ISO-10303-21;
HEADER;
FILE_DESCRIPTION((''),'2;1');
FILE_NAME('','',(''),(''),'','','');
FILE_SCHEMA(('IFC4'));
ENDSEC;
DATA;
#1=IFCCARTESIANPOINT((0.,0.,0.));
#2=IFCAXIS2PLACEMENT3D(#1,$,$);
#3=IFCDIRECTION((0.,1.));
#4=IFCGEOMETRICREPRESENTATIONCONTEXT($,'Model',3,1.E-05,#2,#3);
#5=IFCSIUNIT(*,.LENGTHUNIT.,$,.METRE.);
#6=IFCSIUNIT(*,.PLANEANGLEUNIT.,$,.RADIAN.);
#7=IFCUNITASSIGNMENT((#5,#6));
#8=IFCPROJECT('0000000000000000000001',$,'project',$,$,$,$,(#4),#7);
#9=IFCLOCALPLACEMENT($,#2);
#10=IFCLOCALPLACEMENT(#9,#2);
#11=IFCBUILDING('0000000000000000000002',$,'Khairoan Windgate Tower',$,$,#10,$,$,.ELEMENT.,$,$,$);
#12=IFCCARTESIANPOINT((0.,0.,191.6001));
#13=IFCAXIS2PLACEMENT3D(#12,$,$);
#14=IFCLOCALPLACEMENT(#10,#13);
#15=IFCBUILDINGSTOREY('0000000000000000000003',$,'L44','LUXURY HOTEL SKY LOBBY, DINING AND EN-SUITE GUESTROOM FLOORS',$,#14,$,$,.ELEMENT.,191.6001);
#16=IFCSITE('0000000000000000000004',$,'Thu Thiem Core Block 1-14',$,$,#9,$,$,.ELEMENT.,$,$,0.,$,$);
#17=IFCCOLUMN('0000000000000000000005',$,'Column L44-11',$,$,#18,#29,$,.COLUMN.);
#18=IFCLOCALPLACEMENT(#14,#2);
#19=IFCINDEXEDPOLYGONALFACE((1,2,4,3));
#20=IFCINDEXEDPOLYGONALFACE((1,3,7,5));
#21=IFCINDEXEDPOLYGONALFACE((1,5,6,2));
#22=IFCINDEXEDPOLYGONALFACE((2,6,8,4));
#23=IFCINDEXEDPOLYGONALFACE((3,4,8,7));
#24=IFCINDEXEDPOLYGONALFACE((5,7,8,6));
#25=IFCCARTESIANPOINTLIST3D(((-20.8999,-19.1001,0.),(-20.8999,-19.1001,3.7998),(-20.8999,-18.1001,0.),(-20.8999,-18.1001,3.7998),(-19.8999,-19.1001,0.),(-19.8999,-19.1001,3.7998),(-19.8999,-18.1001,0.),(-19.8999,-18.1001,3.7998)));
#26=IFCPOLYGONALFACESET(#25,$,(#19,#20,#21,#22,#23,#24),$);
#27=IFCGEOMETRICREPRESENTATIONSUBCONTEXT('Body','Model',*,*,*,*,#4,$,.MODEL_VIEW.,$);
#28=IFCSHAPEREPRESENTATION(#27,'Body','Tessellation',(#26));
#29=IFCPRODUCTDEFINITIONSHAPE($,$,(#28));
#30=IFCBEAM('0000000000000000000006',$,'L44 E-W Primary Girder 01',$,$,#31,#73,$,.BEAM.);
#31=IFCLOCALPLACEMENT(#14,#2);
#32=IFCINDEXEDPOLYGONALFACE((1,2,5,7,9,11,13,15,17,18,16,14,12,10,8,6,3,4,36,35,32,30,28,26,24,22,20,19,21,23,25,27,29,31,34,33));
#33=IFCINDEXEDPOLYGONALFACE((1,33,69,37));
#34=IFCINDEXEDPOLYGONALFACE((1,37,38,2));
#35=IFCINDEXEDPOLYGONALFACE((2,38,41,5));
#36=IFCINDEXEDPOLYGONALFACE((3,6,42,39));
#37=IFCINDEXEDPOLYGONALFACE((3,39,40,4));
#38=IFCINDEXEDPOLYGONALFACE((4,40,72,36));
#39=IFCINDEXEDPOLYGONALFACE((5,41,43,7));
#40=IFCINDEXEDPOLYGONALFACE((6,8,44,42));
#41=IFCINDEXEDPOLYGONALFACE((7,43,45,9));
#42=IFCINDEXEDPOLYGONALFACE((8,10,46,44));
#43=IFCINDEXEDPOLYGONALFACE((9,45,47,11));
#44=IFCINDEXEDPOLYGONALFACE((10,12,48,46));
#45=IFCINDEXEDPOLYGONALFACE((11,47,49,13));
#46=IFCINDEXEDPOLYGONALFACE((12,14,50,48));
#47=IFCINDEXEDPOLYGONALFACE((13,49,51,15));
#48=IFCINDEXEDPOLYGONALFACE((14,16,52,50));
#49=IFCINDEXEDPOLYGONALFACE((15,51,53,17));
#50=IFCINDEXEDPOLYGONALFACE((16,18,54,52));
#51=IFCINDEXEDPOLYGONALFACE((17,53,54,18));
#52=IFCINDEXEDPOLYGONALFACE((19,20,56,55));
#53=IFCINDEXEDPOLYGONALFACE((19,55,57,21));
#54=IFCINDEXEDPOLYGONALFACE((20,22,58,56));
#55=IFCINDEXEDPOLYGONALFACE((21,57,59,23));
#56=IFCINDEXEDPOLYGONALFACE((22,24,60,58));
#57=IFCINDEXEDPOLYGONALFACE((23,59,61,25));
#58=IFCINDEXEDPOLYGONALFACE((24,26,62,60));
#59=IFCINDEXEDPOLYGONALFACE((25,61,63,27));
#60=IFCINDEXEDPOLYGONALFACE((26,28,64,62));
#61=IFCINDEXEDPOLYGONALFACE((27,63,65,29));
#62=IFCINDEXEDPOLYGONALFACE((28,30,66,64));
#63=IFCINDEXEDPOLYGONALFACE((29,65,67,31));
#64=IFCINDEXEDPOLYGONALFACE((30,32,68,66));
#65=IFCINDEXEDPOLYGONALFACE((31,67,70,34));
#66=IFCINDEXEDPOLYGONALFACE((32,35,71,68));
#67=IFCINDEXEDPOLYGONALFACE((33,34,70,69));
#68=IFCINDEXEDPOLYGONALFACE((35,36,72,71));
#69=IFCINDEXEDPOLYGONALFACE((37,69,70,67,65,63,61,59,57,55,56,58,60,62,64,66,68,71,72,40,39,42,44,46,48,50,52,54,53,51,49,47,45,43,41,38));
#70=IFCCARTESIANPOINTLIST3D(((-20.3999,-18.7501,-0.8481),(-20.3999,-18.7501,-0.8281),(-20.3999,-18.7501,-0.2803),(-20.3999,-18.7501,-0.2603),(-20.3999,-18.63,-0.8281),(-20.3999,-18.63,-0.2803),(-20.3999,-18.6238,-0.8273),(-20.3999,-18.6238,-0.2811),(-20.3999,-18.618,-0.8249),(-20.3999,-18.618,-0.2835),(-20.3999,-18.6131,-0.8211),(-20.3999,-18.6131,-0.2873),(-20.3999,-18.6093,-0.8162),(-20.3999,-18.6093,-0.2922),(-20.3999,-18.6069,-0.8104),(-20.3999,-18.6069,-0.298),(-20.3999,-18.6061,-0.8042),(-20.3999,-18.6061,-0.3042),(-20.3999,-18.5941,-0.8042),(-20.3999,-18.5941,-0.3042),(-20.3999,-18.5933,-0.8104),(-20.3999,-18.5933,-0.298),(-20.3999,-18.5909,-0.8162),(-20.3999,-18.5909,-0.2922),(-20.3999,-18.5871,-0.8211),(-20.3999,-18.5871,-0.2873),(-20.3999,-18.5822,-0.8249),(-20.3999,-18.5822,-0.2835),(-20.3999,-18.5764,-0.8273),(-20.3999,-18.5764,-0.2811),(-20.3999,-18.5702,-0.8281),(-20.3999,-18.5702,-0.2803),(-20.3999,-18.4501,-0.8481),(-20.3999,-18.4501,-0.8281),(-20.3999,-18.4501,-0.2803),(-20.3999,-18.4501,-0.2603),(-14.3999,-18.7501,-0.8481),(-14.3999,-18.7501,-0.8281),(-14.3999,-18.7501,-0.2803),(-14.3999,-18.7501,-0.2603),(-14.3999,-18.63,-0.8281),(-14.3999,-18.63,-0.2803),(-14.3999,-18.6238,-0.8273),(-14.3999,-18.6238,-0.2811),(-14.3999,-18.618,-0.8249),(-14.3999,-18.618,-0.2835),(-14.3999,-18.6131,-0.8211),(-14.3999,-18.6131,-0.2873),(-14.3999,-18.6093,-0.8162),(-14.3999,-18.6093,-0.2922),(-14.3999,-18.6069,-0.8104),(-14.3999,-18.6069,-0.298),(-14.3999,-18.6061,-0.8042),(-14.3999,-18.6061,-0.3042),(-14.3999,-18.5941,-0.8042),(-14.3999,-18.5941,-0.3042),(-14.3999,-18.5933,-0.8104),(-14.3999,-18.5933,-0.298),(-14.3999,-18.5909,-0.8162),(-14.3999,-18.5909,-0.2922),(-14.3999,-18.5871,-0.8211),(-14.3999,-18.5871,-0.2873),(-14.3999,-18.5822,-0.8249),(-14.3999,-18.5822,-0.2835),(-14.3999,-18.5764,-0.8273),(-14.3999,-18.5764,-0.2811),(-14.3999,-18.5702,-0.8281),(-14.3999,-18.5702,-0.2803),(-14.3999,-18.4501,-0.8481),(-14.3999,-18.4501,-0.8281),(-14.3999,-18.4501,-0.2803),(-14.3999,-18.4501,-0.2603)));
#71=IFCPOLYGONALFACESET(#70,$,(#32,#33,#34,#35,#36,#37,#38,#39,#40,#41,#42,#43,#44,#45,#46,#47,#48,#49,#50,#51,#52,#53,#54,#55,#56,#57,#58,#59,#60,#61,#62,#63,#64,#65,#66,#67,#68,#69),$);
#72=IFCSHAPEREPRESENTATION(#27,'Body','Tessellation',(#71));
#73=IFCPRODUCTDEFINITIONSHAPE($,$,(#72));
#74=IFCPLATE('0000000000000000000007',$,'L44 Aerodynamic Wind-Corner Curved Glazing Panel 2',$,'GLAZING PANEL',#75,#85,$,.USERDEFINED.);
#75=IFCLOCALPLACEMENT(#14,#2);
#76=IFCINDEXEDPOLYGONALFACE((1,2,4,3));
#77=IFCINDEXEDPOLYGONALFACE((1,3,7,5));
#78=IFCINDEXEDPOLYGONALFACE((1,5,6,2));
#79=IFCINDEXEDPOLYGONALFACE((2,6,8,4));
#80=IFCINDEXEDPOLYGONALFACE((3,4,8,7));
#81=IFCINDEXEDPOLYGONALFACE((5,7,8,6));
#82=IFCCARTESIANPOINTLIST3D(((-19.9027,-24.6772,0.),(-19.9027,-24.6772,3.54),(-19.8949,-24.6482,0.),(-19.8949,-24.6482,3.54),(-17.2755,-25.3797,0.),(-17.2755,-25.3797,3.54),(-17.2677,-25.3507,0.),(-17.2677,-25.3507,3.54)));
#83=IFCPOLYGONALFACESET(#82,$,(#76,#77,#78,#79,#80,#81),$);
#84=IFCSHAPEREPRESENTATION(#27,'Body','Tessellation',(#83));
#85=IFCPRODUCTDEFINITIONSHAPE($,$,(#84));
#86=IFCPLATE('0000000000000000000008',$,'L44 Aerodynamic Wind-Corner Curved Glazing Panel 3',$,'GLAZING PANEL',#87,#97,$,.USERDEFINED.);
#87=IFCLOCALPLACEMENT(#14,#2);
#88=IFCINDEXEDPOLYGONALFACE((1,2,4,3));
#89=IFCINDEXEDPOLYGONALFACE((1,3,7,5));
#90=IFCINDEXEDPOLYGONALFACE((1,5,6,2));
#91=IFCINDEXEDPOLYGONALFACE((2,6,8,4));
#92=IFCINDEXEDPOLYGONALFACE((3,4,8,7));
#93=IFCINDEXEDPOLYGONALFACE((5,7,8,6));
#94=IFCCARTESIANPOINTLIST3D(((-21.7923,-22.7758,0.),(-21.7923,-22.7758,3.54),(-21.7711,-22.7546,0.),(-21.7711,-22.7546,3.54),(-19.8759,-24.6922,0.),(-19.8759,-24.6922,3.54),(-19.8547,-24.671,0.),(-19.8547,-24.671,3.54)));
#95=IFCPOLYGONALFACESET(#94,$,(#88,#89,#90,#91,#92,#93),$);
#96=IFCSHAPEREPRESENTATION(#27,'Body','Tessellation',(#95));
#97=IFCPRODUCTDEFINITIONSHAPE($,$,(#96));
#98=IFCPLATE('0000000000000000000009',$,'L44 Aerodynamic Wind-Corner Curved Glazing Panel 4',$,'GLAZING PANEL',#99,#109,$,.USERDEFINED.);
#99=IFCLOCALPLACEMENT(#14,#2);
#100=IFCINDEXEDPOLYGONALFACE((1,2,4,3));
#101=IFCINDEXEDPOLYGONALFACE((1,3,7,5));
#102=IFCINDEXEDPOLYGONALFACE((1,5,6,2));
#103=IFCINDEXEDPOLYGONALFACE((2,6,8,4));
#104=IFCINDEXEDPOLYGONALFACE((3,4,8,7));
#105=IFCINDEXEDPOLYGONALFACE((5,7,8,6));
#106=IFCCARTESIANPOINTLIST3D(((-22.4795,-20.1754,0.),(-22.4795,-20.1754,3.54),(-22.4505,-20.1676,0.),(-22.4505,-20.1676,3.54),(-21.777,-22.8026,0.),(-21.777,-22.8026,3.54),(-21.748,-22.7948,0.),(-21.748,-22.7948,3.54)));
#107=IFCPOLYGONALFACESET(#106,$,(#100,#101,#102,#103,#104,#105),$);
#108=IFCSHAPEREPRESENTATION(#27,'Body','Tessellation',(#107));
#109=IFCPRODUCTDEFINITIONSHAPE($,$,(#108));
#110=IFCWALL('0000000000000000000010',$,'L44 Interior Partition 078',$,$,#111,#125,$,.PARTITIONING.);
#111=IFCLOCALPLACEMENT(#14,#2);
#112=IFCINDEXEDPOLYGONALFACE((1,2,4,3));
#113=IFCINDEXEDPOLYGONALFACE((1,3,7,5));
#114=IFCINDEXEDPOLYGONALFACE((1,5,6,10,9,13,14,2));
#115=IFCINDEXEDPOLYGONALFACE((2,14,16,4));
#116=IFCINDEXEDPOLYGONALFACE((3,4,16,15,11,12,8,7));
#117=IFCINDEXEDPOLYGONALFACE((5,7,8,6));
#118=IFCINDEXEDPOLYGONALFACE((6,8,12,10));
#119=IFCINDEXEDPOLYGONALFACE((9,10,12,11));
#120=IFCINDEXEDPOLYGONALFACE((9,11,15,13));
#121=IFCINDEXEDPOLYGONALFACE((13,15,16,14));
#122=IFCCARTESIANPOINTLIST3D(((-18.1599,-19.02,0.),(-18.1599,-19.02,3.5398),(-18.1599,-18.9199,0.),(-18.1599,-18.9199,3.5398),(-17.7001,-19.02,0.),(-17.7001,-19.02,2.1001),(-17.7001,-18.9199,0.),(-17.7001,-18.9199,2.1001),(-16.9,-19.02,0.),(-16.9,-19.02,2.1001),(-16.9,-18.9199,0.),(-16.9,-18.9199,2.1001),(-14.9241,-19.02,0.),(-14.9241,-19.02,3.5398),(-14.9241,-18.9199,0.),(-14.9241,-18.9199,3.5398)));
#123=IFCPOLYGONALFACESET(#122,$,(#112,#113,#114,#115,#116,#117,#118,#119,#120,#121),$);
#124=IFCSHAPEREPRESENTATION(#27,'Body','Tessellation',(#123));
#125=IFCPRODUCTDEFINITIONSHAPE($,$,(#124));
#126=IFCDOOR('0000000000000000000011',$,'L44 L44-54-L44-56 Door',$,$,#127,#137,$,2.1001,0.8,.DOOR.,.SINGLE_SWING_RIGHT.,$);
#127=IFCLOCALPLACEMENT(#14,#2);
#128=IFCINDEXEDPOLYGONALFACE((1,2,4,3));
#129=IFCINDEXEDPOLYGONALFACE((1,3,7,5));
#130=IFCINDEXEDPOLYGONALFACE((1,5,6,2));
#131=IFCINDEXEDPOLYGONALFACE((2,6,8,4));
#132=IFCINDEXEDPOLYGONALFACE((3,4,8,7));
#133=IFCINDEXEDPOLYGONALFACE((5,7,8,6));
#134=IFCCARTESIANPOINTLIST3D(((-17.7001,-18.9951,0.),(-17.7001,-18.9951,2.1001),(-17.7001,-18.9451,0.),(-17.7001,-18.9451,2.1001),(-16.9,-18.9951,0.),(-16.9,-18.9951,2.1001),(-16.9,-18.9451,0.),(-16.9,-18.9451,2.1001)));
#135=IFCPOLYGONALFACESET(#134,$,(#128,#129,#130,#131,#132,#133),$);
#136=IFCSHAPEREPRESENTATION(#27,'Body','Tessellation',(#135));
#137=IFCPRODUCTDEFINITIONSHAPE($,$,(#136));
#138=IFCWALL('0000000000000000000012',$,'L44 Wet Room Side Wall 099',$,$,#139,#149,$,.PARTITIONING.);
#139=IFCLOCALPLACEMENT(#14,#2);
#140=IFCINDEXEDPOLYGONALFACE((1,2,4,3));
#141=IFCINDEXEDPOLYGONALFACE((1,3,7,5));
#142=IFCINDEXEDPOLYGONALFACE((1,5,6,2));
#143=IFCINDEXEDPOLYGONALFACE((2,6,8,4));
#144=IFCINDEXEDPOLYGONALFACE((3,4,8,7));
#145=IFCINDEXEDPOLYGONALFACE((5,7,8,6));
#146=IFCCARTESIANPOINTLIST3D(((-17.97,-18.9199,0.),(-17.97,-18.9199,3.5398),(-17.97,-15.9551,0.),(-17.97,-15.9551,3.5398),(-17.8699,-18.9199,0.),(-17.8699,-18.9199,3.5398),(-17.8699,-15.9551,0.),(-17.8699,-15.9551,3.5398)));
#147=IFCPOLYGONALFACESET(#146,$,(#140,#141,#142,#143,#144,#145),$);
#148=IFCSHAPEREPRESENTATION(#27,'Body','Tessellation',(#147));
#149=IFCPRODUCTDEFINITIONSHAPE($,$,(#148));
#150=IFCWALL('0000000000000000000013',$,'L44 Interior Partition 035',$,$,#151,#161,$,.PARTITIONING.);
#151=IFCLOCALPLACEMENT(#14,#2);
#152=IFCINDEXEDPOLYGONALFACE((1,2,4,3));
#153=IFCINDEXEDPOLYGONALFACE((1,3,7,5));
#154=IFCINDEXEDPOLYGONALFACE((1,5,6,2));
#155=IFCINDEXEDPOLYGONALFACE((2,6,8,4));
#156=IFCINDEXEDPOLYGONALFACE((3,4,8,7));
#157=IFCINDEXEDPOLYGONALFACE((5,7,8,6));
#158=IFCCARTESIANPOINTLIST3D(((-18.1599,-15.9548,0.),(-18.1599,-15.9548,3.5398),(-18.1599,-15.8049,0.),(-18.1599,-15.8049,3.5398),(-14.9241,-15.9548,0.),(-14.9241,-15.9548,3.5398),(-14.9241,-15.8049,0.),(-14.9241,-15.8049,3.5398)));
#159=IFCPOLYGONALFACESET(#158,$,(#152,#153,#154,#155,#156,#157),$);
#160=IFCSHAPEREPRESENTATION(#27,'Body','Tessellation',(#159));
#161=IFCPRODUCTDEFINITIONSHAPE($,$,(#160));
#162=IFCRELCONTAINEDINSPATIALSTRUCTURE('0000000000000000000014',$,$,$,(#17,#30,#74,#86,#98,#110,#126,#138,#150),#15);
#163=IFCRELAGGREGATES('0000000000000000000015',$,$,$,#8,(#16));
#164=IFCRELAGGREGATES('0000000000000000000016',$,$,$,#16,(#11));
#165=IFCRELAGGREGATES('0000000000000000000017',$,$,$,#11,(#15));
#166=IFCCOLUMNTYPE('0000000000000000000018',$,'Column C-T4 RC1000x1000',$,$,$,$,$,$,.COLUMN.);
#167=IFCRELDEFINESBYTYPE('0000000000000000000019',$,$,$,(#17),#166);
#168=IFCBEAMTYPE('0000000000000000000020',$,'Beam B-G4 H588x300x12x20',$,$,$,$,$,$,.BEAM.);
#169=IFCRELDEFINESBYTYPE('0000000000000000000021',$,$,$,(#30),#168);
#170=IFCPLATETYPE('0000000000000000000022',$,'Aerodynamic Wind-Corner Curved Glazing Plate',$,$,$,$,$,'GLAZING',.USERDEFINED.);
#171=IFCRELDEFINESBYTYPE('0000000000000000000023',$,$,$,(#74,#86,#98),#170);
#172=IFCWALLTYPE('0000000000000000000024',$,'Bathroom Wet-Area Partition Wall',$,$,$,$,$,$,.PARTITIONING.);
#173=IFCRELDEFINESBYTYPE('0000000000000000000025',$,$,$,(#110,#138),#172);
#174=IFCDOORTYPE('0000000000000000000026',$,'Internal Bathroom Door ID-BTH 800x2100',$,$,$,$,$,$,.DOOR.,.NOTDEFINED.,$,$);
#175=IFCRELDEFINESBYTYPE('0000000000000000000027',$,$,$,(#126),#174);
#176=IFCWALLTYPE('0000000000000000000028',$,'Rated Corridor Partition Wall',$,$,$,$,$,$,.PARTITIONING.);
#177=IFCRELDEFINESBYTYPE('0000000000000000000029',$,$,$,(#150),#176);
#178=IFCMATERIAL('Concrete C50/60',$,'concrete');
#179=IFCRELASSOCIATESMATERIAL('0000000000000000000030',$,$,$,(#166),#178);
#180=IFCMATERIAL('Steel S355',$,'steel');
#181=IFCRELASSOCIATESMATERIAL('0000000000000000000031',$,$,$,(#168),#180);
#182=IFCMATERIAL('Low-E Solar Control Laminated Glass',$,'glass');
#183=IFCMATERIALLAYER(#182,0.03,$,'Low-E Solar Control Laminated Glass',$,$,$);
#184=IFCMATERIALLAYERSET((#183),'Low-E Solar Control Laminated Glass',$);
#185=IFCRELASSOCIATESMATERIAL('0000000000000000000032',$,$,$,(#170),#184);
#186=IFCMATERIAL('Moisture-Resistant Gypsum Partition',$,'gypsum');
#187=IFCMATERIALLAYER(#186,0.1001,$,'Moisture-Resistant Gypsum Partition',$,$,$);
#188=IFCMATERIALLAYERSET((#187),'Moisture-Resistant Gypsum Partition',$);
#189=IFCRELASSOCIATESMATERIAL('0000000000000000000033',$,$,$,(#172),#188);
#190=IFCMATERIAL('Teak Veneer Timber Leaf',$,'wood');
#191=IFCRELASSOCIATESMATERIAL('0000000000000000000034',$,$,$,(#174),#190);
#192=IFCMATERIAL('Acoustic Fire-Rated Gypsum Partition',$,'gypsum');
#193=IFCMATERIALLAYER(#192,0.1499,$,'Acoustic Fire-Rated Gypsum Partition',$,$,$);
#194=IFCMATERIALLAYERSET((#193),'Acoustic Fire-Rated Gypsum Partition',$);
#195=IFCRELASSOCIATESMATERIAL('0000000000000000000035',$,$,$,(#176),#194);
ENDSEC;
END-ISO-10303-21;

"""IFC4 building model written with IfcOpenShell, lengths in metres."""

from ifc_helpers import new_model, si_unit, direction, frame, frame_2d, origin, origin_2d, place, context, subcontext, project, spatial, rectangle, i_section, extrude, material, layer, layer_set, material_profile, profile_set, type_object, element, fill, save


model = new_model("IFC4")

# Units and contexts
model_context = context("Model", 3, precision=1e-05, world=origin(), true_north=direction((0.0, 1.0)))
body_context = subcontext(model_context, "Body", "Model", "MODEL_VIEW")
ifc_project = project(units=[si_unit("LENGTHUNIT", "METRE"), si_unit("PLANEANGLEUNIT", "RADIAN")], contexts=[model_context])

# Site, building, storey
site_placement = place(None, origin())
site = spatial("IfcSite", under=ifc_project, at=site_placement, Name="Thu Thiem Core Block 1-14", CompositionType="ELEMENT", RefElevation=0.0)
building_placement = place(site_placement, origin())
building = spatial("IfcBuilding", under=site, at=building_placement, Name="Khairoan Windgate Tower", CompositionType="ELEMENT")
storey_placement = place(building_placement, frame((0.0, 0.0, 191.6001)))
storey = spatial("IfcBuildingStorey", under=building, at=storey_placement, Name="L44", Description="LUXURY HOTEL SKY LOBBY, DINING AND EN-SUITE GUESTROOM FLOORS", CompositionType="ELEMENT", Elevation=191.6001)

# Column
ifc_material_1 = material(Name="Concrete C50/60", Category="concrete")
ifc_material_profile_1 = material_profile(ifc_material_1, rectangle(XDim=1.0, YDim=1.0, at=origin_2d()))
ifc_profile_set_1 = profile_set([ifc_material_profile_1], Name="Concrete C50/60")
column_type = type_object("IfcColumnType", Name="Column C-T4 RC1000x1000", PredefinedType="COLUMN", material=ifc_profile_set_1)
column_placement = place(storey_placement, frame((-20.3999, -18.6001, 0.0), z_axis=(0.0, 0.0, 1.0), x_axis=(1.0, 0.0, 0.0)))
element("IfcColumn", 1, at=column_placement, inside=storey, type_object=column_type, Name="Column L44-11", PredefinedType="COLUMN", context=body_context, shape_type="SweptSolid", body=[
    extrude(rectangle(XDim=1.0, YDim=1.0, at=origin_2d()), origin(), (0.0, 0.0, 1.0), 3.7998),
])

# Beam
ifc_material_2 = material(Name="Steel S355", Category="steel")
ifc_material_profile_2 = material_profile(ifc_material_2, i_section(OverallWidth=0.3, OverallDepth=0.5879, WebThickness=0.012, FlangeThickness=0.02, FilletRadius=0.0239, at=origin_2d()))
ifc_profile_set_2 = profile_set([ifc_material_profile_2], Name="Steel S355")
beam_type = type_object("IfcBeamType", Name="Beam B-G4 H588x300x12x20", PredefinedType="BEAM", material=ifc_profile_set_2)
beam_placement = place(storey_placement, frame((-20.3999, -18.6001, -0.5542), z_axis=(1.0, 0.0, 0.0), x_axis=(0.0, 1.0, 0.0)))
element("IfcBeam", 2, at=beam_placement, inside=storey, type_object=beam_type, Name="L44 E-W Primary Girder 01", PredefinedType="BEAM", context=body_context, shape_type="SweptSolid", body=[
    extrude(i_section(OverallWidth=0.3, OverallDepth=0.5879, WebThickness=0.012, FlangeThickness=0.02, FilletRadius=0.0239, at=origin_2d()), origin(), (0.0, 0.0, 1.0), 6.0),
])

# Plates
ifc_material_3 = material(Name="Low-E Solar Control Laminated Glass", Category="glass")
ifc_layer_1 = layer(ifc_material_3, 0.03, Name="Low-E Solar Control Laminated Glass")
ifc_layer_set_1 = layer_set([ifc_layer_1], Name="Low-E Solar Control Laminated Glass")
plate_type_1 = type_object("IfcPlateType", Name="Aerodynamic Wind-Corner Curved Glazing Plate", ElementType="GLAZING", PredefinedType="USERDEFINED", material=ifc_layer_set_1)
plate_1_placement = place(storey_placement, frame((-18.5852, -25.0139, 0.0), z_axis=(0.0, 0.0, 1.0), x_axis=(-0.966061, 0.258313, 0.0)))
element("IfcPlate", 3, at=plate_1_placement, inside=storey, type_object=plate_type_1, Name="L44 Aerodynamic Wind-Corner Curved Glazing Panel 2", ObjectType="GLAZING PANEL", PredefinedType="USERDEFINED", context=body_context, shape_type="SweptSolid", body=[
    extrude(rectangle(XDim=2.7195, YDim=0.03, at=origin_2d()), origin(), (0.0, 0.0, 1.0), 3.54),
])
plate_2_placement = place(storey_placement, frame((-20.8235, -23.7234, 0.0), z_axis=(0.0, 0.0, 1.0), x_axis=(-0.707107, 0.707107, 0.0)))
element("IfcPlate", 4, at=plate_2_placement, inside=storey, type_object=plate_type_1, Name="L44 Aerodynamic Wind-Corner Curved Glazing Panel 3", ObjectType="GLAZING PANEL", PredefinedType="USERDEFINED", context=body_context, shape_type="SweptSolid", body=[
    extrude(rectangle(XDim=2.7102, YDim=0.03, at=origin_2d()), origin(), (0.0, 0.0, 1.0), 3.54),
])
plate_3_placement = place(storey_placement, frame((-22.1138, -21.4851, 0.0), z_axis=(0.0, 0.0, 1.0), x_axis=(-0.258313, 0.966061, 0.0)))
element("IfcPlate", 5, at=plate_3_placement, inside=storey, type_object=plate_type_1, Name="L44 Aerodynamic Wind-Corner Curved Glazing Panel 4", ObjectType="GLAZING PANEL", PredefinedType="USERDEFINED", context=body_context, shape_type="SweptSolid", body=[
    extrude(rectangle(XDim=2.7195, YDim=0.03, at=origin_2d()), origin(), (0.0, 0.0, 1.0), 3.54),
])

# Wall, opening, door
ifc_material_4 = material(Name="Moisture-Resistant Gypsum Partition", Category="gypsum")
ifc_layer_2 = layer(ifc_material_4, 0.1001, Name="Moisture-Resistant Gypsum Partition")
ifc_layer_set_2 = layer_set([ifc_layer_2], Name="Moisture-Resistant Gypsum Partition")
wall_type_1 = type_object("IfcWallType", Name="Bathroom Wet-Area Partition Wall", PredefinedType="PARTITIONING", material=ifc_layer_set_2)
wall_1_placement = place(storey_placement, frame((-18.1599, -18.97, 0.0), z_axis=(0.0, 0.0, 1.0), x_axis=(1.0, 0.0, 0.0)))
wall_1 = element("IfcWall", 6, at=wall_1_placement, inside=storey, type_object=wall_type_1, Name="L44 Interior Partition 078", PredefinedType="PARTITIONING", context=body_context, shape_type="SweptSolid", body=[
    extrude(rectangle(XDim=3.2358, YDim=0.1001, at=frame_2d((1.6179, 0.0))), origin(), (0.0, 0.0, 1.0), 3.5398),
])
opening_1_placement = place(wall_1_placement, frame((0.46, 0.0, 0.0)))
opening_1 = element("IfcOpeningElement", 7, at=opening_1_placement, cuts=wall_1, PredefinedType="OPENING", context=body_context, shape_type="SweptSolid", body=[
    extrude(rectangle(XDim=0.8, YDim=2.1001, at=frame_2d((0.3999, 1.05))), frame((0.0, 0.0601, 0.0), z_axis=(0.0, -1.0, 0.0), x_axis=(1.0, 0.0, 0.0)), (0.0, 0.0, 1.0), 0.1201),
])
ifc_material_5 = material(Name="Teak Veneer Timber Leaf", Category="wood")
door_type_1 = type_object("IfcDoorType", Name="Internal Bathroom Door ID-BTH 800x2100", OperationType="NOTDEFINED", PredefinedType="DOOR", material=ifc_material_5)
door_1_placement = place(opening_1_placement, origin())
door_1 = element("IfcDoor", 8, at=door_1_placement, inside=storey, type_object=door_type_1, Name="L44 L44-54-L44-56 Door", OperationType="SINGLE_SWING_RIGHT", OverallHeight=2.1001, OverallWidth=0.8, PredefinedType="DOOR", context=body_context, shape_type="SweptSolid", body=[
    extrude(rectangle(XDim=0.8, YDim=2.1001, at=frame_2d((0.3999, 1.05))), frame((0.0, 0.0249, 0.0), z_axis=(0.0, -1.0, 0.0), x_axis=(1.0, 0.0, 0.0)), (0.0, 0.0, 1.0), 0.05),
])
fill(opening_1, door_1)

# Wall
wall_2_placement = place(storey_placement, frame((-17.9199, -18.9199, 0.0), z_axis=(0.0, 0.0, 1.0), x_axis=(0.0, 1.0, 0.0)))
element("IfcWall", 9, at=wall_2_placement, inside=storey, type_object=wall_type_1, Name="L44 Wet Room Side Wall 099", PredefinedType="PARTITIONING", context=body_context, shape_type="SweptSolid", body=[
    extrude(rectangle(XDim=2.9648, YDim=0.1001, at=frame_2d((1.4824, 0.0))), origin(), (0.0, 0.0, 1.0), 3.5398),
])

# Wall
ifc_material_6 = material(Name="Acoustic Fire-Rated Gypsum Partition", Category="gypsum")
ifc_layer_3 = layer(ifc_material_6, 0.1499, Name="Acoustic Fire-Rated Gypsum Partition")
ifc_layer_set_3 = layer_set([ifc_layer_3], Name="Acoustic Fire-Rated Gypsum Partition")
wall_type_2 = type_object("IfcWallType", Name="Rated Corridor Partition Wall", PredefinedType="PARTITIONING", material=ifc_layer_set_3)
wall_3_placement = place(storey_placement, frame((-18.1599, -15.8799, 0.0), z_axis=(0.0, 0.0, 1.0), x_axis=(1.0, 0.0, 0.0)))
element("IfcWall", 10, at=wall_3_placement, inside=storey, type_object=wall_type_2, Name="L44 Interior Partition 035", PredefinedType="PARTITIONING", context=body_context, shape_type="SweptSolid", body=[
    extrude(rectangle(XDim=3.2358, YDim=0.1499, at=frame_2d((1.6179, 0.0))), origin(), (0.0, 0.0, 1.0), 3.5398),
])

save(model, "model.ifc")
